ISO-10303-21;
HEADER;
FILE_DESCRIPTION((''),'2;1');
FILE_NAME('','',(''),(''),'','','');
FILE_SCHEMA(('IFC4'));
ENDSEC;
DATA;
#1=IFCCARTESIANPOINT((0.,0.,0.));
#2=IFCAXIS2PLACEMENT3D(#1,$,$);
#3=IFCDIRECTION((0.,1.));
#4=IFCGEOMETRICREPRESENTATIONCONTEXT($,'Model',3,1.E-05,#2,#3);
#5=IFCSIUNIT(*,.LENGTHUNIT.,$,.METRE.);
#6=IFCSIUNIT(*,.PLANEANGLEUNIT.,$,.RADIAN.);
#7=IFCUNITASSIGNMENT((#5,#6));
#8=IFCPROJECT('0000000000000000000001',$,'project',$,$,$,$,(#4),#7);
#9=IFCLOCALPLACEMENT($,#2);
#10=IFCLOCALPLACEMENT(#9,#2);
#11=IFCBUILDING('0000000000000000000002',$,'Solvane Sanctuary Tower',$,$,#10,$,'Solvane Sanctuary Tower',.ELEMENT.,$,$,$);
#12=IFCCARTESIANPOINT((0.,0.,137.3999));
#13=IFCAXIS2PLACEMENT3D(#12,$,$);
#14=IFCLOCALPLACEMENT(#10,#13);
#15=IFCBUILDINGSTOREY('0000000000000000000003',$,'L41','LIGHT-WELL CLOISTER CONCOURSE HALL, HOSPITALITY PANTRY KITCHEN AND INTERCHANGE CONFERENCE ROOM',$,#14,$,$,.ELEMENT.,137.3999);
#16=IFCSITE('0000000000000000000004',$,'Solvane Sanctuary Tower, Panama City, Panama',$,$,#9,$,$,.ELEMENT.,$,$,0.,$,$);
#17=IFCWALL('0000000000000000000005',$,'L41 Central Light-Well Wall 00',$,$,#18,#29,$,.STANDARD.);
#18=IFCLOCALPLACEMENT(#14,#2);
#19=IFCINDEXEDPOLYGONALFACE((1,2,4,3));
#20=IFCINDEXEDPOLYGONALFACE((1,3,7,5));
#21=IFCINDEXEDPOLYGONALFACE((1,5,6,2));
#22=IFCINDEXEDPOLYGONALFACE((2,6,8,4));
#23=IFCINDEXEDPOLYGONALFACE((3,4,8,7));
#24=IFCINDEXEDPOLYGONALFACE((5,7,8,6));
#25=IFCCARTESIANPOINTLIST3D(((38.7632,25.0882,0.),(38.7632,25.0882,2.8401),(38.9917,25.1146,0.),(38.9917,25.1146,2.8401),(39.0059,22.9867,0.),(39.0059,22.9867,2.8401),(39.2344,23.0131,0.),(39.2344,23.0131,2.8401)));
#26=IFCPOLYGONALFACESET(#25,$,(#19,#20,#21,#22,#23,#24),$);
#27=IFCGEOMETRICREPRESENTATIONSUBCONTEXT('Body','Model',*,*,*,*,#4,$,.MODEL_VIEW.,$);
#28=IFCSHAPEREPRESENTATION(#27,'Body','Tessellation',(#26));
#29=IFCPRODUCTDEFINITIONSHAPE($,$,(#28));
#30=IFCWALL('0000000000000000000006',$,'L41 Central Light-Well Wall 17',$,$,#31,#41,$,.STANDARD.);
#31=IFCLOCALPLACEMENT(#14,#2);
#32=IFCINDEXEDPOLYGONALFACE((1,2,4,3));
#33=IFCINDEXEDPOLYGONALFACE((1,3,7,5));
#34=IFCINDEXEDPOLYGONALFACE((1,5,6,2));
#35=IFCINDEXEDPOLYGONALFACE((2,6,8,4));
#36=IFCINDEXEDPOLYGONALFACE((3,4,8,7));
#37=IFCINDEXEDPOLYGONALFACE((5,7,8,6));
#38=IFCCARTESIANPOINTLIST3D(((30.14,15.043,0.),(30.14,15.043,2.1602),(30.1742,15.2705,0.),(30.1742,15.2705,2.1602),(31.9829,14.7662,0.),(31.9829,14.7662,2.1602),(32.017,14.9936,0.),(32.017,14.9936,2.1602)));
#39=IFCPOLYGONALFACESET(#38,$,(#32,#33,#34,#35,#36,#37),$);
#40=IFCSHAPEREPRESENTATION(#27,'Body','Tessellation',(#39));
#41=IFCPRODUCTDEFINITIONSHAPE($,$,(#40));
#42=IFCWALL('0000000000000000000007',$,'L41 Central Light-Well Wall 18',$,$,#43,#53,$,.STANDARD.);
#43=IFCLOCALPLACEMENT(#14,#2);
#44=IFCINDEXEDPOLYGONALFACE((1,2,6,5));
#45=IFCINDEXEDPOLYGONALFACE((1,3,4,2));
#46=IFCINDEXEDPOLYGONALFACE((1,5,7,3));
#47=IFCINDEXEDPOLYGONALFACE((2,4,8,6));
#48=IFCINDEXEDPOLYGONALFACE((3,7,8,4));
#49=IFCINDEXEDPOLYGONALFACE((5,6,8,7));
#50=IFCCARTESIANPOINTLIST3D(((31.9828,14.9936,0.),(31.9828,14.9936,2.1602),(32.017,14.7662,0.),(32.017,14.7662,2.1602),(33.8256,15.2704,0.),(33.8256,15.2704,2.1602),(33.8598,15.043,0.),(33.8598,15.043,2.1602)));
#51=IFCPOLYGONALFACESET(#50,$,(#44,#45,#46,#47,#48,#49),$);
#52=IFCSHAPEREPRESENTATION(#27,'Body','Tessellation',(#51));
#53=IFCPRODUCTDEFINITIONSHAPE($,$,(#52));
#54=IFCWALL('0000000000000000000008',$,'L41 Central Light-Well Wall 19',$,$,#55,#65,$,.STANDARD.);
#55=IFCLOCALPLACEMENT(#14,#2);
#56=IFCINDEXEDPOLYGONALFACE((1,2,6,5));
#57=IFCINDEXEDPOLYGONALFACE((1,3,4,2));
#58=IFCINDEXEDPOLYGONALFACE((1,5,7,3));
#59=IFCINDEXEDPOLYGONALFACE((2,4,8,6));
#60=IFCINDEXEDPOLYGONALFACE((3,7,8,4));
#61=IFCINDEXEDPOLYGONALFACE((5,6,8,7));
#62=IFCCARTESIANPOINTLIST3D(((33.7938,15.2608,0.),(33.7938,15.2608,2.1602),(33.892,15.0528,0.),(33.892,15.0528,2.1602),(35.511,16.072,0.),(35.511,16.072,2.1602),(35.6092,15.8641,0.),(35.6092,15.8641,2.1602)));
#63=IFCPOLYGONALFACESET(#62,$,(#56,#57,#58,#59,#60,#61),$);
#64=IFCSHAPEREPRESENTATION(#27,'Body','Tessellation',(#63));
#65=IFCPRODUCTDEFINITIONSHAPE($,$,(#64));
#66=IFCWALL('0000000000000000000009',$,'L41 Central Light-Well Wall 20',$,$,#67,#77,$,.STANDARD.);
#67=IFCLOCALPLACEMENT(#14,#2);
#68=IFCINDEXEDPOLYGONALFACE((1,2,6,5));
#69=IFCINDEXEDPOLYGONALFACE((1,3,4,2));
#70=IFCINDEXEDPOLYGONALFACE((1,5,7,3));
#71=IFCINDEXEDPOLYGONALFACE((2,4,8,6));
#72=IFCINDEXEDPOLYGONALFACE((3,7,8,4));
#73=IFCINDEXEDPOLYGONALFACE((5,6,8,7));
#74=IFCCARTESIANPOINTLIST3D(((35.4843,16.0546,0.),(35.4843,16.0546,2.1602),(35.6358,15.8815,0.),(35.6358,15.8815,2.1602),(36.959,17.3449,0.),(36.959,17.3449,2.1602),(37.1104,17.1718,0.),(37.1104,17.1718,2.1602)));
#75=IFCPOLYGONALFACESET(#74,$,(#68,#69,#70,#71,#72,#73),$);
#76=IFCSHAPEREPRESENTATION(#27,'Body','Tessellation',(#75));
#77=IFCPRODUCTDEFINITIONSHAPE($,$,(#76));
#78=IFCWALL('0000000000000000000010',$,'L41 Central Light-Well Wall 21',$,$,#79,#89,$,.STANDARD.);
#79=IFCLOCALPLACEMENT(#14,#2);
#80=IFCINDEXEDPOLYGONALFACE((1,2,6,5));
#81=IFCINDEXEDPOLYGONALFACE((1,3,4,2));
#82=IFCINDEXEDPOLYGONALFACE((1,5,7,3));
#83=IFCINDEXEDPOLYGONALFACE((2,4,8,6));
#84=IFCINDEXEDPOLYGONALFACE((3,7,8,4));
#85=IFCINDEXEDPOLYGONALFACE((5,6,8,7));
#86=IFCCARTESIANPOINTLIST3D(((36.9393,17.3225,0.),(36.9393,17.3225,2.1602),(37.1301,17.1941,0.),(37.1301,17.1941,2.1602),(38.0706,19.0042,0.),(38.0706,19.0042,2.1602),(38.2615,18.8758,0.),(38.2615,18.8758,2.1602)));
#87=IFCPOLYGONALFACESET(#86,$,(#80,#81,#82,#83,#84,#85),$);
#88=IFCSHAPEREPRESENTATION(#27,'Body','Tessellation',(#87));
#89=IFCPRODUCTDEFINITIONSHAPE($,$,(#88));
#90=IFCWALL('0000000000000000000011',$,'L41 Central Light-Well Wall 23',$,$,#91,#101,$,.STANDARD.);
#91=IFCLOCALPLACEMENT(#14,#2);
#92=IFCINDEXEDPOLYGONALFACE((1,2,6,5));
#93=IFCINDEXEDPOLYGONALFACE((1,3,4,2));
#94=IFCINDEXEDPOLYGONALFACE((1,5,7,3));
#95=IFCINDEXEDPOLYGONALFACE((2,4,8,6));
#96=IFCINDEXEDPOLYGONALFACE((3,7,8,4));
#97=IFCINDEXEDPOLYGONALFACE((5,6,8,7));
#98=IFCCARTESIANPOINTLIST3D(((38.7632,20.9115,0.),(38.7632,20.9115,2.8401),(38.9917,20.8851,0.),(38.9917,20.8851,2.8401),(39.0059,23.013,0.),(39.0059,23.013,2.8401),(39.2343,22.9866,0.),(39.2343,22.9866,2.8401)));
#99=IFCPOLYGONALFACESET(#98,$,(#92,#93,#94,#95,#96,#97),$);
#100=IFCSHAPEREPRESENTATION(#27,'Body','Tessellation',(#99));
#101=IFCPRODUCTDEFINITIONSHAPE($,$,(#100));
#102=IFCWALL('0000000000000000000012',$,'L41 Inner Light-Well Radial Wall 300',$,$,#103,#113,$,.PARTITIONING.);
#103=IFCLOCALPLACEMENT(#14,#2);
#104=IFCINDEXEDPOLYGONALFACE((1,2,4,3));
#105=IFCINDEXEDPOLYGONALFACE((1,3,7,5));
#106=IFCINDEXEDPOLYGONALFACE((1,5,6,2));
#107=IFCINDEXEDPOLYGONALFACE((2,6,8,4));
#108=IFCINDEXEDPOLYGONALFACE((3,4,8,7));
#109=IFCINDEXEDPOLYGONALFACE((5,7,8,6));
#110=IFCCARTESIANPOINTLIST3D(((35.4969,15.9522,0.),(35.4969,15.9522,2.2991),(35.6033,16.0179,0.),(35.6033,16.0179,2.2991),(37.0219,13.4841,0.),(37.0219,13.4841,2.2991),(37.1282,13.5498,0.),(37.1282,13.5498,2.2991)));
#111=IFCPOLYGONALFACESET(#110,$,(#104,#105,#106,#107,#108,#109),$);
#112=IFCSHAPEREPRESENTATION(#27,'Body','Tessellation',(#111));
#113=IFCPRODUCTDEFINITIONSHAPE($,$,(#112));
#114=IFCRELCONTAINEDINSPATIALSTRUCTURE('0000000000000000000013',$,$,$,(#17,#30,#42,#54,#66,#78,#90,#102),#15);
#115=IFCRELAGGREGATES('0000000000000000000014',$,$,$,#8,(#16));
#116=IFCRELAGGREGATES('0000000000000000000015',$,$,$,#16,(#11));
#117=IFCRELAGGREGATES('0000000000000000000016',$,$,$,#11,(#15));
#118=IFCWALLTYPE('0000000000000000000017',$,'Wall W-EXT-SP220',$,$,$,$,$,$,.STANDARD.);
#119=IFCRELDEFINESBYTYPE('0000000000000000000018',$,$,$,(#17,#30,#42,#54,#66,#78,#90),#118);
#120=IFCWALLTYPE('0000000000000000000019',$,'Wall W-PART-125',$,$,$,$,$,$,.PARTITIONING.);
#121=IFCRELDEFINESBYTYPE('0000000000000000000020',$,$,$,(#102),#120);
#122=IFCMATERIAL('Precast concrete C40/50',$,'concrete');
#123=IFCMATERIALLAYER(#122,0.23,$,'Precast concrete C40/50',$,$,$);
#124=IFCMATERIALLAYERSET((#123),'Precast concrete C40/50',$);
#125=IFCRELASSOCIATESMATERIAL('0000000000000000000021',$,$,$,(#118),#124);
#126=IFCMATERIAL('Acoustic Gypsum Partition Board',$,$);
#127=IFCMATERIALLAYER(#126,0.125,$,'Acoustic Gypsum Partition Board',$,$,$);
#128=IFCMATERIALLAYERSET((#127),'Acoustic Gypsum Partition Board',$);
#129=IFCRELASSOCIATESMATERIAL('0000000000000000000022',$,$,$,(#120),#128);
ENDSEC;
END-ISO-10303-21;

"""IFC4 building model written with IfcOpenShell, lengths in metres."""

from ifc_helpers import new_model, si_unit, direction, frame, frame_2d, origin, place, context, subcontext, project, spatial, rectangle, extrude, material, layer, layer_set, type_object, element, save


model = new_model("IFC4")

# Units and contexts
model_context = context("Model", 3, precision=1e-05, world=origin(), true_north=direction((0.0, 1.0)))
body_context = subcontext(model_context, "Body", "Model", "MODEL_VIEW")
ifc_project = project(units=[si_unit("LENGTHUNIT", "METRE"), si_unit("PLANEANGLEUNIT", "RADIAN")], contexts=[model_context])

# Site, building, storey
site_placement = place(None, origin())
site = spatial("IfcSite", under=ifc_project, at=site_placement, Name="Solvane Sanctuary Tower, Panama City, Panama", CompositionType="ELEMENT", RefElevation=0.0)
building_placement = place(site_placement, origin())
building = spatial("IfcBuilding", under=site, at=building_placement, Name="Solvane Sanctuary Tower", LongName="Solvane Sanctuary Tower", CompositionType="ELEMENT")
storey_placement = place(building_placement, frame((0.0, 0.0, 137.3999)))
storey = spatial("IfcBuildingStorey", under=building, at=storey_placement, Name="L41", Description="LIGHT-WELL CLOISTER CONCOURSE HALL, HOSPITALITY PANTRY KITCHEN AND INTERCHANGE CONFERENCE ROOM", CompositionType="ELEMENT", Elevation=137.3999)

# Walls
ifc_material_1 = material(Name="Precast concrete C40/50", Category="concrete")
ifc_layer_1 = layer(ifc_material_1, 0.23, Name="Precast concrete C40/50")
ifc_layer_set_1 = layer_set([ifc_layer_1], Name="Precast concrete C40/50")
wall_type_1 = type_object("IfcWallType", Name="Wall W-EXT-SP220", PredefinedType="STANDARD", material=ifc_layer_set_1)
wall_1_placement = place(storey_placement, frame((39.1201, 23.0, 0.0), z_axis=(0.0, 0.0, 1.0), x_axis=(-0.114712, 0.993399, 0.0)))
element("IfcWall", 1, at=wall_1_placement, inside=storey, type_object=wall_type_1, Name="L41 Central Light-Well Wall 00", PredefinedType="STANDARD", context=body_context, shape_type="SweptSolid", body=[
    extrude(rectangle(XDim=2.1155, YDim=0.23, at=frame_2d((1.0576, 0.0))), origin(), (0.0, 0.0, 1.0), 2.8401),
])
for number, where, z_axis, x_axis, name in (
    (2, (30.1572, 15.1567, 0.0), (0.0, 0.0, 1.0), (0.988902, -0.148571, 0.0), "L41 Central Light-Well Wall 17"),
    (3, (32.0, 14.8799, 0.0), (0.0, 0.0, 1.0), (0.988902, 0.148571, 0.0), "L41 Central Light-Well Wall 18"),
):
    element("IfcWall", number, at=place(storey_placement, frame(where, z_axis=z_axis, x_axis=x_axis)), inside=storey, type_object=wall_type_1, Name=name, PredefinedType="STANDARD", context=body_context, shape_type="SweptSolid", body=[
        extrude(rectangle(XDim=1.8635, YDim=0.23, at=frame_2d((0.9316, 0.0))), origin(), (0.0, 0.0, 1.0), 2.1602),
    ])
wall_2_placement = place(storey_placement, frame((33.8428, 15.1567, 0.0), z_axis=(0.0, 0.0, 1.0), x_axis=(0.90418, 0.427152, 0.0)))
element("IfcWall", 4, at=wall_2_placement, inside=storey, type_object=wall_type_1, Name="L41 Central Light-Well Wall 19", PredefinedType="STANDARD", context=body_context, shape_type="SweptSolid", body=[
    extrude(rectangle(XDim=1.8992, YDim=0.23, at=frame_2d((0.9497, 0.0))), origin(), (0.0, 0.0, 1.0), 2.1602),
])
wall_3_placement = place(storey_placement, frame((35.5601, 15.968, 0.0), z_axis=(0.0, 0.0, 1.0), x_axis=(0.752577, 0.658505, 0.0)))
element("IfcWall", 5, at=wall_3_placement, inside=storey, type_object=wall_type_1, Name="L41 Central Light-Well Wall 20", PredefinedType="STANDARD", context=body_context, shape_type="SweptSolid", body=[
    extrude(rectangle(XDim=1.9595, YDim=0.23, at=frame_2d((0.9797, 0.0))), origin(), (0.0, 0.0, 1.0), 2.1602),
])
wall_4_placement = place(storey_placement, frame((37.0347, 17.2583, 0.0), z_axis=(0.0, 0.0, 1.0), x_axis=(0.558198, 0.829708, 0.0)))
element("IfcWall", 6, at=wall_4_placement, inside=storey, type_object=wall_type_1, Name="L41 Central Light-Well Wall 21", PredefinedType="STANDARD", context=body_context, shape_type="SweptSolid", body=[
    extrude(rectangle(XDim=2.0269, YDim=0.23, at=frame_2d((1.0134, 0.0))), origin(), (0.0, 0.0, 1.0), 2.1602),
])
wall_5_placement = place(storey_placement, frame((38.8774, 20.8984, 0.0), z_axis=(0.0, 0.0, 1.0), x_axis=(0.114712, 0.993399, 0.0)))
element("IfcWall", 7, at=wall_5_placement, inside=storey, type_object=wall_type_1, Name="L41 Central Light-Well Wall 23", PredefinedType="STANDARD", context=body_context, shape_type="SweptSolid", body=[
    extrude(rectangle(XDim=2.1155, YDim=0.23, at=frame_2d((1.0576, 0.0))), origin(), (0.0, 0.0, 1.0), 2.8401),
])
ifc_material_2 = material(Name="Acoustic Gypsum Partition Board")
ifc_layer_2 = layer(ifc_material_2, 0.125, Name="Acoustic Gypsum Partition Board")
ifc_layer_set_2 = layer_set([ifc_layer_2], Name="Acoustic Gypsum Partition Board")
wall_type_2 = type_object("IfcWallType", Name="Wall W-PART-125", PredefinedType="PARTITIONING", material=ifc_layer_set_2)
wall_6_placement = place(storey_placement, frame((35.55, 15.9851, 0.0), z_axis=(0.0, 0.0, 1.0), x_axis=(0.525627, -0.850715, 0.0)))
element("IfcWall", 8, at=wall_6_placement, inside=storey, type_object=wall_type_2, Name="L41 Inner Light-Well Radial Wall 300", PredefinedType="PARTITIONING", context=body_context, shape_type="SweptSolid", body=[
    extrude(rectangle(XDim=2.9011, YDim=0.125, at=frame_2d((1.4507, 0.0))), origin(), (0.0, 0.0, 1.0), 2.2991),
])

save(model, "model.ifc")
